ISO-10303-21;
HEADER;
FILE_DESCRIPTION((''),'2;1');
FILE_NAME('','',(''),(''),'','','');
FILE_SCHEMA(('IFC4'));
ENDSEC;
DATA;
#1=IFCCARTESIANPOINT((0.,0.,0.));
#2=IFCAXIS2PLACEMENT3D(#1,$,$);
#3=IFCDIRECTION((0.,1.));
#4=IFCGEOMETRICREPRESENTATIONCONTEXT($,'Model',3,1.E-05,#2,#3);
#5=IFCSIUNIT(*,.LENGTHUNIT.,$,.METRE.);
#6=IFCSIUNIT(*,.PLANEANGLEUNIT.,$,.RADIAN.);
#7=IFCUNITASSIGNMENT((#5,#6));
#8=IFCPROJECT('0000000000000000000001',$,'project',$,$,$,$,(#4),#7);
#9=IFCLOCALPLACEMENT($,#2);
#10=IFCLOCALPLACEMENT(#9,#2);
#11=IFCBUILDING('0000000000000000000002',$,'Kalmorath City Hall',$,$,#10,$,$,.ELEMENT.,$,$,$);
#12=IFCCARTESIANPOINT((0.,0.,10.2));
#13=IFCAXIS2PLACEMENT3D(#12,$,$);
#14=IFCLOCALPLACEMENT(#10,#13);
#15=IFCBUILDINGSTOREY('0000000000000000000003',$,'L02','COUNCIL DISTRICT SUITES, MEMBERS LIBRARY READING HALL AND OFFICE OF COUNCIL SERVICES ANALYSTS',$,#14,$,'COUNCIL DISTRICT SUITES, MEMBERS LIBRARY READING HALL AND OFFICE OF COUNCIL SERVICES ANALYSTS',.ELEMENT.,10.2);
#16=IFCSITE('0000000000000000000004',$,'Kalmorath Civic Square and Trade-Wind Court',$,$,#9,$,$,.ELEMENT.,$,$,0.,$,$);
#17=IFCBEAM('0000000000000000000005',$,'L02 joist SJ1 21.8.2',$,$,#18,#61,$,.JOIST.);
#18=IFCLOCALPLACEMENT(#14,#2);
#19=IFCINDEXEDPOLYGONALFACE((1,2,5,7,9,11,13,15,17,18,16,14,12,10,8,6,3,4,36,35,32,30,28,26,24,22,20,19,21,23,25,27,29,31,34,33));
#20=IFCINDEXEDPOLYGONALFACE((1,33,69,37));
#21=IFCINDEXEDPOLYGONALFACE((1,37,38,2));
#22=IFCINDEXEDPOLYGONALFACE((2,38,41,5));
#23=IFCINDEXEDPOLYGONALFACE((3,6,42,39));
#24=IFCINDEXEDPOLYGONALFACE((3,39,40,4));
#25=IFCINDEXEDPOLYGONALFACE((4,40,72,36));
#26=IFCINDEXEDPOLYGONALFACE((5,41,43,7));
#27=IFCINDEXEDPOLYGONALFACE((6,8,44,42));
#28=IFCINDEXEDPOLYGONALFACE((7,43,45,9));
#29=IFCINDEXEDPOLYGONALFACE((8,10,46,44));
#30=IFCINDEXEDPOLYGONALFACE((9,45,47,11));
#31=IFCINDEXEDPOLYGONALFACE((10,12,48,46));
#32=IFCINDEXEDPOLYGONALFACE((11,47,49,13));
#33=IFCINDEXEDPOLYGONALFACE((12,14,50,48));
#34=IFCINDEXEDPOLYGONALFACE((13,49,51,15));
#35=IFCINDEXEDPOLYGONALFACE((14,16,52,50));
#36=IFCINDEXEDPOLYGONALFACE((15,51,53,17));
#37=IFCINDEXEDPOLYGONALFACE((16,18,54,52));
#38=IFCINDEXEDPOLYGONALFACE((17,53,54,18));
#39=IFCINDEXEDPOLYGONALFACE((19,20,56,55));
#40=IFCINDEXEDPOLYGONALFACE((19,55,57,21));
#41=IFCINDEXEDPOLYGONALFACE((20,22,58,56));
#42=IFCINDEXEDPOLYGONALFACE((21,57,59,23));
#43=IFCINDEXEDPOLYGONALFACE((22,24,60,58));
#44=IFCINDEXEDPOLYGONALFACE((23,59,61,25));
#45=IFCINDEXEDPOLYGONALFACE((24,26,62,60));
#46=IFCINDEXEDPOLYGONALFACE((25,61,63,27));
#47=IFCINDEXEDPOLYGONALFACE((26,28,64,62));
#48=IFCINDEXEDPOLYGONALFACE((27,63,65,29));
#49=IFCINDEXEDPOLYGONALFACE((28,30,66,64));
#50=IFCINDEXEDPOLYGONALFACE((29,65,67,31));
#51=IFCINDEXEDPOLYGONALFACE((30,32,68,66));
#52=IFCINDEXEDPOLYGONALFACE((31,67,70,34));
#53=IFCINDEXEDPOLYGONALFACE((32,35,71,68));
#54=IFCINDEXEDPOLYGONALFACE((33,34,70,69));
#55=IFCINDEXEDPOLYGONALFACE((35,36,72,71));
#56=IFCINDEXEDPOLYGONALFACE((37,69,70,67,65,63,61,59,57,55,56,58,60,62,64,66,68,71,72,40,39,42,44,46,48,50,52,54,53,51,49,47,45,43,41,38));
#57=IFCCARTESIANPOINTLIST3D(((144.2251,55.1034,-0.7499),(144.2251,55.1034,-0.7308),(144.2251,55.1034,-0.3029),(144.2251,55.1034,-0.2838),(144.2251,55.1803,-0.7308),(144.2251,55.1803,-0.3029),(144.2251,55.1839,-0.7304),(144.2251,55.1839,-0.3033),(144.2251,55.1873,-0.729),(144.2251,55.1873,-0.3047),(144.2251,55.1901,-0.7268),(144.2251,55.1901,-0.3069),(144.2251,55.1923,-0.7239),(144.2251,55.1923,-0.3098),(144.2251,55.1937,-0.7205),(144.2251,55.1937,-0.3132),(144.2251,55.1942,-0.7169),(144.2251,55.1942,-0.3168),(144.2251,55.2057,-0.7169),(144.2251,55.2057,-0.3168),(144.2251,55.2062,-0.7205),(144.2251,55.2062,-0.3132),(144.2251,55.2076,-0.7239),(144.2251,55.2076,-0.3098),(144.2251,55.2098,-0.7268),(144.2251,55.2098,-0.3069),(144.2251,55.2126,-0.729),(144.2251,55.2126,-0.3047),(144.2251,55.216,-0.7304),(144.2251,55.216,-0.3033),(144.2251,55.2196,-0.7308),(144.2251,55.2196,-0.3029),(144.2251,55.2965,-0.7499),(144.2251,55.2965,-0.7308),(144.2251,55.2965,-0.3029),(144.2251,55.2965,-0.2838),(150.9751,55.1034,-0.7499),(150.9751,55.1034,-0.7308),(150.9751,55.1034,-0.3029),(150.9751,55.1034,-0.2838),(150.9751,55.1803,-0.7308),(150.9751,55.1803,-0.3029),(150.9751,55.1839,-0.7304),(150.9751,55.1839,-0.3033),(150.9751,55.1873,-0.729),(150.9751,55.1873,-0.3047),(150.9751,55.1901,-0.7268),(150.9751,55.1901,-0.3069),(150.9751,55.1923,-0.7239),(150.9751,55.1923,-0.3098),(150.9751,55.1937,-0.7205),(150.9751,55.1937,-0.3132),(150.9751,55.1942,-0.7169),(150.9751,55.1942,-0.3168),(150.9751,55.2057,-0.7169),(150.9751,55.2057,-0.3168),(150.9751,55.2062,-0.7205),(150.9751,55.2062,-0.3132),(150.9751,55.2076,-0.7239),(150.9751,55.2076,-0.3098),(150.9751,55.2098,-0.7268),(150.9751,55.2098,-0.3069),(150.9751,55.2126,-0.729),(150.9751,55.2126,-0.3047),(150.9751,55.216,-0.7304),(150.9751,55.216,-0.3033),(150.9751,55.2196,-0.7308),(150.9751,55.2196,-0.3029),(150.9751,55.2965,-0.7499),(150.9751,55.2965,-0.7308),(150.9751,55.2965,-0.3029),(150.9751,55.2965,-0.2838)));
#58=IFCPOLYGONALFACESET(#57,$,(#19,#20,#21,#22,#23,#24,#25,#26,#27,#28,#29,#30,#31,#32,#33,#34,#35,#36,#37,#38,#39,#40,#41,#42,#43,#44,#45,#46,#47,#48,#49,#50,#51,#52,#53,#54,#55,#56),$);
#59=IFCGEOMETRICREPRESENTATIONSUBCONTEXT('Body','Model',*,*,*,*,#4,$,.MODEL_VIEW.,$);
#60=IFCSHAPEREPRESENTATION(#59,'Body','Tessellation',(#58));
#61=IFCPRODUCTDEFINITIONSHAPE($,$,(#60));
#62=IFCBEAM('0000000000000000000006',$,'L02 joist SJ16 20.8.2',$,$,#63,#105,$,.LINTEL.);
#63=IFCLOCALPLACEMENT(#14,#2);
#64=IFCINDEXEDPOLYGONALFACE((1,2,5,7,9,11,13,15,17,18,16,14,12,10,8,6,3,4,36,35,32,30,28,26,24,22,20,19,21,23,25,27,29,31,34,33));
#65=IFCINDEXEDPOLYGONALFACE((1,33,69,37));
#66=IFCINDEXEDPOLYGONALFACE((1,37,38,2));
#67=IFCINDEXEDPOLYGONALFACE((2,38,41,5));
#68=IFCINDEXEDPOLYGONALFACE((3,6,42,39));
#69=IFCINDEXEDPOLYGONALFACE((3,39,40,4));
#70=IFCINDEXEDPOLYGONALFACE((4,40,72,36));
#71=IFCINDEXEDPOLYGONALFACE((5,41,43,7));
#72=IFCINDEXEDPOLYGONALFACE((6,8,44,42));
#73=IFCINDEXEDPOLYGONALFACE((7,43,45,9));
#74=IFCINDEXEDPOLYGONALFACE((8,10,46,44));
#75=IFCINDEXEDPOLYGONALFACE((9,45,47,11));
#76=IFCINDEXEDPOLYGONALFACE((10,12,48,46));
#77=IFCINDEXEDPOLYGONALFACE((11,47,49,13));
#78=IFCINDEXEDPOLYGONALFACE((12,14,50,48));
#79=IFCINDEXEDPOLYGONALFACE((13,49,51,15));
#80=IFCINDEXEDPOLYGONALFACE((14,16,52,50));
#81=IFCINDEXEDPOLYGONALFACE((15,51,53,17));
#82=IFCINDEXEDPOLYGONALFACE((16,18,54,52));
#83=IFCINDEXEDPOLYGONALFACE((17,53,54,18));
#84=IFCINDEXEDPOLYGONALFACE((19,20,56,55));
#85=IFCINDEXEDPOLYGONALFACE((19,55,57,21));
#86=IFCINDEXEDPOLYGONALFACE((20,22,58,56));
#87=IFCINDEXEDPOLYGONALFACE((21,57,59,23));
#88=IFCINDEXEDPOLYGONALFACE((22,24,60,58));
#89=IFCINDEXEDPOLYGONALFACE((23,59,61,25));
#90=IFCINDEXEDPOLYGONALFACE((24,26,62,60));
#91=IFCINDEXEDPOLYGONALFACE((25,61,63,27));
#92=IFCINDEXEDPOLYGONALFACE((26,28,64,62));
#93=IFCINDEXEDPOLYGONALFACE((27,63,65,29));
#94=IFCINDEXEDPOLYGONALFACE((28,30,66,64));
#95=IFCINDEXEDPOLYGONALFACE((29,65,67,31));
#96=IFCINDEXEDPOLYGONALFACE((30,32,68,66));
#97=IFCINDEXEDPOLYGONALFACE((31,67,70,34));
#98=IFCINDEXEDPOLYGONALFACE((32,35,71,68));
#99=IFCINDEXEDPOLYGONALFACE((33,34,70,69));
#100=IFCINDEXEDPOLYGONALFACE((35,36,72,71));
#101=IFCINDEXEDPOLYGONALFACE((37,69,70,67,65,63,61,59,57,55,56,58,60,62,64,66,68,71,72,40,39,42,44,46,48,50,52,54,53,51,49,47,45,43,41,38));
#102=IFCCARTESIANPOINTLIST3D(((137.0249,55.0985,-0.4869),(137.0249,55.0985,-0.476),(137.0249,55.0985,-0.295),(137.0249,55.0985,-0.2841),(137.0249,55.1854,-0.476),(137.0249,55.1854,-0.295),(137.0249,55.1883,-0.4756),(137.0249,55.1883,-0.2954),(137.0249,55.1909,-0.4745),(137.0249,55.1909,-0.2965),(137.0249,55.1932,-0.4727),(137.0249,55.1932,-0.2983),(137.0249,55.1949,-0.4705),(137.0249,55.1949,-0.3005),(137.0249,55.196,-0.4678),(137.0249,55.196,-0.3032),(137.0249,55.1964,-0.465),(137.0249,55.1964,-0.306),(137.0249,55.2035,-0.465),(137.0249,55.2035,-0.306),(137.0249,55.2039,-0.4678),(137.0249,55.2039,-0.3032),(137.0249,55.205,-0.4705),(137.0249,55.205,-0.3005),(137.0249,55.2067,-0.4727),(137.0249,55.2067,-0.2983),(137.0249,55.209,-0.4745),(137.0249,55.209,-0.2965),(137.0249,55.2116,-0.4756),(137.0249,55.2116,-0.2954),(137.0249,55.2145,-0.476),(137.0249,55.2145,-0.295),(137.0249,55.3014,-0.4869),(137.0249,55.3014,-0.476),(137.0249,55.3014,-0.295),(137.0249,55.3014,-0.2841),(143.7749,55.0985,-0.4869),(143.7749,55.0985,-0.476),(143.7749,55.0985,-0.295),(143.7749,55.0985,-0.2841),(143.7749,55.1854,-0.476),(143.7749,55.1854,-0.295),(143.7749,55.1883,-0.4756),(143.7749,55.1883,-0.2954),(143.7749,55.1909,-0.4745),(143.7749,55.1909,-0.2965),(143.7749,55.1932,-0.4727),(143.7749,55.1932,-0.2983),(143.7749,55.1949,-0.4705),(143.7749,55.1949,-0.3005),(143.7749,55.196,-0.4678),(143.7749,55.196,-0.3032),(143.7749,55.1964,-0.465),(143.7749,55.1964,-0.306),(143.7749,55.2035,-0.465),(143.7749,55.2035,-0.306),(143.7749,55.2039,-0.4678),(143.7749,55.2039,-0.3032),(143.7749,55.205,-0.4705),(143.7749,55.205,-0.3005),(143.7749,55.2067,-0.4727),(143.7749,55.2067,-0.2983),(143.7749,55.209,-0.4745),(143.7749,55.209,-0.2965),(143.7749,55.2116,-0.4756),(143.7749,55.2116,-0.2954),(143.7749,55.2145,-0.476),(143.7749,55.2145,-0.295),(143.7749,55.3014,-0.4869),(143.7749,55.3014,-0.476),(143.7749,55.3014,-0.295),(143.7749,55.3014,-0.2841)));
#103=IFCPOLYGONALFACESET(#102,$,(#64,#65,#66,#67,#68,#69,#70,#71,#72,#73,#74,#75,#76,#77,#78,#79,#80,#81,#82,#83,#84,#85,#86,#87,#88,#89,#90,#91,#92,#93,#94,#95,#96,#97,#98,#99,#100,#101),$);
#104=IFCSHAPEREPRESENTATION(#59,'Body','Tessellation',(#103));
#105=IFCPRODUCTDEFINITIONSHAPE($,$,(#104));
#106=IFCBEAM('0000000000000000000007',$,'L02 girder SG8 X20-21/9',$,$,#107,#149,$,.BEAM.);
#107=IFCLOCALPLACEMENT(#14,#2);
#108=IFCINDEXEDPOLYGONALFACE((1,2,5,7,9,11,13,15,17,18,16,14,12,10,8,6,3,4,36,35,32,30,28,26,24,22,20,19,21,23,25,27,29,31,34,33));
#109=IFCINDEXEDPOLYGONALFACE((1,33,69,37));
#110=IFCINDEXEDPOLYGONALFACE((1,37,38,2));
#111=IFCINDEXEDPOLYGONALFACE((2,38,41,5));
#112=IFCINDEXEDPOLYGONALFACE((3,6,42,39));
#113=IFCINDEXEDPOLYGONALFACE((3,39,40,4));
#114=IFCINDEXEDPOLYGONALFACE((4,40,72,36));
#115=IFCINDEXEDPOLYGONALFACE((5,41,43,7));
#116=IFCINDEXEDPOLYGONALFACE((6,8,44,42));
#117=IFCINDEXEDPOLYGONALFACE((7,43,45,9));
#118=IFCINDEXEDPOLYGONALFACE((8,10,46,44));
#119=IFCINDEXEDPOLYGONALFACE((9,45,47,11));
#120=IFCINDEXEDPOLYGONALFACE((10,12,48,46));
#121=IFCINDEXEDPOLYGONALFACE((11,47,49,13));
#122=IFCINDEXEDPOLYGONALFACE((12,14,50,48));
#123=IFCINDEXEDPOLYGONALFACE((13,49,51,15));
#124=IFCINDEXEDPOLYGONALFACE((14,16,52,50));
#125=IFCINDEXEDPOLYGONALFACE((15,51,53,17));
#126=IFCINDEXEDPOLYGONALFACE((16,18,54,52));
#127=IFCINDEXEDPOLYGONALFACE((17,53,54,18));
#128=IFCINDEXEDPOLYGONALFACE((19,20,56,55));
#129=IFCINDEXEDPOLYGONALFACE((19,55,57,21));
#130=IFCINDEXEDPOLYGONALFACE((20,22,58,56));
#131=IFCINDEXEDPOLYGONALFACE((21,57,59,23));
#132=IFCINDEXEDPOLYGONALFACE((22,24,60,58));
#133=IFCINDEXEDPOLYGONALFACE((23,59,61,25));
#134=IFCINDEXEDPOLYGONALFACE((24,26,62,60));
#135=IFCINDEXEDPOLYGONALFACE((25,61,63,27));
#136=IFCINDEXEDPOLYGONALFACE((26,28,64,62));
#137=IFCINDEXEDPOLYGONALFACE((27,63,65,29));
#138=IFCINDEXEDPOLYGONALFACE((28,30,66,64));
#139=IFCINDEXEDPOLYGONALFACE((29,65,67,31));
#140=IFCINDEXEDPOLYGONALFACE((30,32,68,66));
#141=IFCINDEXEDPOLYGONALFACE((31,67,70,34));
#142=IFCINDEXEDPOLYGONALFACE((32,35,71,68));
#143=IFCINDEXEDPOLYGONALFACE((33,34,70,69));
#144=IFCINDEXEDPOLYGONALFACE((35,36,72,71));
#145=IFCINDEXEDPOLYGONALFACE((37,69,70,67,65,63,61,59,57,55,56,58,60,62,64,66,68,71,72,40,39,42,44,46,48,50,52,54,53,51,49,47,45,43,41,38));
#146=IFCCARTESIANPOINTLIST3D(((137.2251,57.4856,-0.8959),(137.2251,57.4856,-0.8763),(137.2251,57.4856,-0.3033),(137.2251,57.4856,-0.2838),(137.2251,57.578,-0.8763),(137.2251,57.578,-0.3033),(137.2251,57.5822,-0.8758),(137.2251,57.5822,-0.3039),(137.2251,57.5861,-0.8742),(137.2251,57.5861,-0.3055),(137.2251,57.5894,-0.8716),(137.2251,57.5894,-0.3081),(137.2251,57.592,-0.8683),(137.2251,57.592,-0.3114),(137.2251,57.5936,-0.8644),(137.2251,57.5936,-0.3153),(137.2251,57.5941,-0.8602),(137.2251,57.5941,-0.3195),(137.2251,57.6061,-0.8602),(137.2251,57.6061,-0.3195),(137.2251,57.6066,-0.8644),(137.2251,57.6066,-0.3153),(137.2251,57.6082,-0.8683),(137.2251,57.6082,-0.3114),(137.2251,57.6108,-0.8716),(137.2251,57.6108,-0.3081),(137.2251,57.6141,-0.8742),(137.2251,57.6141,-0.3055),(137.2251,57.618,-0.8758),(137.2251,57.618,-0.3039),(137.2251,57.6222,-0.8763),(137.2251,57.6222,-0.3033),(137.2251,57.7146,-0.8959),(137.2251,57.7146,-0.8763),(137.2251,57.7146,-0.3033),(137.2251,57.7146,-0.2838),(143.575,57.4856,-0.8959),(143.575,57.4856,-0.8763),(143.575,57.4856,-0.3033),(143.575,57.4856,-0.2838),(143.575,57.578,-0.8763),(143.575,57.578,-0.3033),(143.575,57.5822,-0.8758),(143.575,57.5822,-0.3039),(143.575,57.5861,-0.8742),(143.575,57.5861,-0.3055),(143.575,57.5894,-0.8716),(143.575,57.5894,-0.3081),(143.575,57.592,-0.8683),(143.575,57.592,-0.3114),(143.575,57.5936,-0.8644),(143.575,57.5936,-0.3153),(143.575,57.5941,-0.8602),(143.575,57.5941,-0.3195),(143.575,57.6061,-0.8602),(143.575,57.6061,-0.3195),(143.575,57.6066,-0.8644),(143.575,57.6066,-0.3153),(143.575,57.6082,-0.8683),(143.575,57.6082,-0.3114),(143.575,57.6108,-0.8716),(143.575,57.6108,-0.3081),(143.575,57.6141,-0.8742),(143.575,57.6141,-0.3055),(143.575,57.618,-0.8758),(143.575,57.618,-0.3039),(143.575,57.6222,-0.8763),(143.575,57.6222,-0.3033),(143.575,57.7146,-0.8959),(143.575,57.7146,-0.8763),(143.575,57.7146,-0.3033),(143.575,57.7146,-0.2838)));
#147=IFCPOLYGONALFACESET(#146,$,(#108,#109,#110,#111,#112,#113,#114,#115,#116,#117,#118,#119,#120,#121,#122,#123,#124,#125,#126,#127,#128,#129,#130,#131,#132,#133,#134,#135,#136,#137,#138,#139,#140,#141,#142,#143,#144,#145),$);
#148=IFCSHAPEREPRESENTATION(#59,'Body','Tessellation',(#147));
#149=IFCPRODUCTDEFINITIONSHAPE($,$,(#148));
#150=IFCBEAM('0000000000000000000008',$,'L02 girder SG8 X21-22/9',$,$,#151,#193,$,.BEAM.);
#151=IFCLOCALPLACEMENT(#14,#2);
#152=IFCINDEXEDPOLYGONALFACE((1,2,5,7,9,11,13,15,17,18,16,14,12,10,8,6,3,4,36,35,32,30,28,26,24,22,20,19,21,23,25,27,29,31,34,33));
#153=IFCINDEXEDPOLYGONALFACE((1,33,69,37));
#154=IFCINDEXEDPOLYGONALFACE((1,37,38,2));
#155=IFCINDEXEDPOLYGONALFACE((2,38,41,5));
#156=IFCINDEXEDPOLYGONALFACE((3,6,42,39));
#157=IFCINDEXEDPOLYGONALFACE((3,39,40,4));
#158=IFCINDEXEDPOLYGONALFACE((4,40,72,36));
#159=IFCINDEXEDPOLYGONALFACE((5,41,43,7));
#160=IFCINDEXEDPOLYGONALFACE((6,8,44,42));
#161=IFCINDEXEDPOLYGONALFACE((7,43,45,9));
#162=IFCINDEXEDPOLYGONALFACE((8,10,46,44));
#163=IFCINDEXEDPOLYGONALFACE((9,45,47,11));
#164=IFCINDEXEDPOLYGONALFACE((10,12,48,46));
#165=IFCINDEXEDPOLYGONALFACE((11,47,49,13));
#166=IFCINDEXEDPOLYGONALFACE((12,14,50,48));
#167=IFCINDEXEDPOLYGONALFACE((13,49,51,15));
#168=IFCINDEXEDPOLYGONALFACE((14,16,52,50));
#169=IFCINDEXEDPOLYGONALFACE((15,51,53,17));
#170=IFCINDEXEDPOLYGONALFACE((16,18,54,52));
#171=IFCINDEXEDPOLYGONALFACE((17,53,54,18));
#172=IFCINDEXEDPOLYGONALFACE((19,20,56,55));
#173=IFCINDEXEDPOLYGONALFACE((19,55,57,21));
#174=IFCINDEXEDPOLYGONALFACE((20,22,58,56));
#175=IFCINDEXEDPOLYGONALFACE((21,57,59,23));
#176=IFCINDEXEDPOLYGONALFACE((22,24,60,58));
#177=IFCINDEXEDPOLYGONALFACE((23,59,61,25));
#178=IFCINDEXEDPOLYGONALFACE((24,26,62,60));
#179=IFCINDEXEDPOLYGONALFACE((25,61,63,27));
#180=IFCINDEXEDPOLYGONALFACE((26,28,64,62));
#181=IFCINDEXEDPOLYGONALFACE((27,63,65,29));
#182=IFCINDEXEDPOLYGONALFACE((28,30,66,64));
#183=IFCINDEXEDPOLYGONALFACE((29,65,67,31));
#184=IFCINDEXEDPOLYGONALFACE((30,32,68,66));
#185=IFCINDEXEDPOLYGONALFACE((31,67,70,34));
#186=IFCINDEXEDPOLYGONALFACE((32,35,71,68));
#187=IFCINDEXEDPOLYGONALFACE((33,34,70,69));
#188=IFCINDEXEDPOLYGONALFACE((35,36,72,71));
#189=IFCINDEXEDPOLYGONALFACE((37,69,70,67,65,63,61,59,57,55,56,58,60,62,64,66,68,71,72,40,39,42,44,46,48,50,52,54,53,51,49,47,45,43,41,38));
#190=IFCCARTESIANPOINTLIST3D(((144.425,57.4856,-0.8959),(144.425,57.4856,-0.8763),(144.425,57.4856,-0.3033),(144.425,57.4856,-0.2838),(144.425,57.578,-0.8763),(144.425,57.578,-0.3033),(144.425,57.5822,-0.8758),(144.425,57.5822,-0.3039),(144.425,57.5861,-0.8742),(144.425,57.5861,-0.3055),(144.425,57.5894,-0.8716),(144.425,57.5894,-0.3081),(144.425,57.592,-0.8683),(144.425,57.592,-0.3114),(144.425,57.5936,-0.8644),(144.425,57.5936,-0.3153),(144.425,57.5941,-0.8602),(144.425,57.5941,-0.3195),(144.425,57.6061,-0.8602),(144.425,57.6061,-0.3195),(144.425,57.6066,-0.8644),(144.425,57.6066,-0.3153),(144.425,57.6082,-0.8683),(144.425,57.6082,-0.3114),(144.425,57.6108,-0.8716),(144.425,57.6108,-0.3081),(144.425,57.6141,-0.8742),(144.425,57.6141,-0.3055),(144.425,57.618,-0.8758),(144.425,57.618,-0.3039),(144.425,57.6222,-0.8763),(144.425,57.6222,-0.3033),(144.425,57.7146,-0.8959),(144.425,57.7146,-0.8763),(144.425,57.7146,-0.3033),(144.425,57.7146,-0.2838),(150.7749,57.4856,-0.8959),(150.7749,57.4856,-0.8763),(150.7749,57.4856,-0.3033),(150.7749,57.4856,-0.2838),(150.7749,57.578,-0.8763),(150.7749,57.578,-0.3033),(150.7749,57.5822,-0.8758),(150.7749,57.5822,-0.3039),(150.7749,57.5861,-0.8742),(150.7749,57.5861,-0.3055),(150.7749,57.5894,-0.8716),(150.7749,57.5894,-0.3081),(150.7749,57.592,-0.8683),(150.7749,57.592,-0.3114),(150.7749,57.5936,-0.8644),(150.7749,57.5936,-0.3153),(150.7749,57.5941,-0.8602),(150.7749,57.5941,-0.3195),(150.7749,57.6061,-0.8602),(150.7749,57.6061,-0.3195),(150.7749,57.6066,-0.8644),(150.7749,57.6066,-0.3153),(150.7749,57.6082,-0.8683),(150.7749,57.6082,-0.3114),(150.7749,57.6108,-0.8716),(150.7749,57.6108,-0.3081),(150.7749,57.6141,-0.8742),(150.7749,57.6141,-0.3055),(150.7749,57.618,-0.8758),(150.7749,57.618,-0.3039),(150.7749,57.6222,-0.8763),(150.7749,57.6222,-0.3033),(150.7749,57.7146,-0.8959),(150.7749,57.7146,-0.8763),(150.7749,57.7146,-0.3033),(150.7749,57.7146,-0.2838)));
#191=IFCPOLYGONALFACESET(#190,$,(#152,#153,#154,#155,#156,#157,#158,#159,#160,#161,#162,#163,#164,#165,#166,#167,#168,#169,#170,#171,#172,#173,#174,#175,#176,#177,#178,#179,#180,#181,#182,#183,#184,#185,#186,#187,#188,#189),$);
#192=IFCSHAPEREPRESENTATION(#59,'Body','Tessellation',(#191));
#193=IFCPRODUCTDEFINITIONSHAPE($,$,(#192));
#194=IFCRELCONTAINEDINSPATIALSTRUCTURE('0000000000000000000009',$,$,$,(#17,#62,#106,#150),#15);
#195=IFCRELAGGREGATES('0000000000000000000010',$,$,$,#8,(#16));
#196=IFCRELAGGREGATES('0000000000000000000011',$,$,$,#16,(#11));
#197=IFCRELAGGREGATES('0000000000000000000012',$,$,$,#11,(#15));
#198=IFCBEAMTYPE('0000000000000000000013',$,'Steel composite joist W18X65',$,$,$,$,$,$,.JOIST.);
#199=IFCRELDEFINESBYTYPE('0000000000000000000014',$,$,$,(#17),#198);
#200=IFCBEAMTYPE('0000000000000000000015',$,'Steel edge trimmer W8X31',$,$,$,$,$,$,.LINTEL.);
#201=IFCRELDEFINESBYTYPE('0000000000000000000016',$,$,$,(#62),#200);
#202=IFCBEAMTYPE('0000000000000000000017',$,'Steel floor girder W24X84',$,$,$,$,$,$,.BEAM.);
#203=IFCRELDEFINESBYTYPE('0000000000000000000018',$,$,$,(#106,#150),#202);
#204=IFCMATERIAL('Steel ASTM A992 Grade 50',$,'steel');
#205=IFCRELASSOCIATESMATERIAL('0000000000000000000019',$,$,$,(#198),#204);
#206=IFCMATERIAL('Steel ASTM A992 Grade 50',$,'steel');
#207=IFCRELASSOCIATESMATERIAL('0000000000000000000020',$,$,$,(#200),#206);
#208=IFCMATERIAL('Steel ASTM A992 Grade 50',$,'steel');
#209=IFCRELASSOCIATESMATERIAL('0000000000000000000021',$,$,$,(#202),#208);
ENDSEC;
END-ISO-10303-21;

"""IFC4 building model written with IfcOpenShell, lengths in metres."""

from ifc_helpers import new_model, si_unit, direction, frame, origin, origin_2d, place, context, subcontext, project, spatial, i_section, extrude, material, material_profile, profile_set, type_object, element, save


model = new_model("IFC4")

# Units and contexts
model_context = context("Model", 3, precision=1e-05, world=origin(), true_north=direction((0.0, 1.0)))
body_context = subcontext(model_context, "Body", "Model", "MODEL_VIEW")
ifc_project = project(units=[si_unit("LENGTHUNIT", "METRE"), si_unit("PLANEANGLEUNIT", "RADIAN")], contexts=[model_context])

# Site, building, storey
site_placement = place(None, origin())
site = spatial("IfcSite", under=ifc_project, at=site_placement, Name="Kalmorath Civic Square and Trade-Wind Court", CompositionType="ELEMENT", RefElevation=0.0)
building_placement = place(site_placement, origin())
building = spatial("IfcBuilding", under=site, at=building_placement, Name="Kalmorath City Hall", CompositionType="ELEMENT")
storey_placement = place(building_placement, frame((0.0, 0.0, 10.2)))
storey = spatial("IfcBuildingStorey", under=building, at=storey_placement, Name="L02", Description="COUNCIL DISTRICT SUITES, MEMBERS LIBRARY READING HALL AND OFFICE OF COUNCIL SERVICES ANALYSTS", LongName="COUNCIL DISTRICT SUITES, MEMBERS LIBRARY READING HALL AND OFFICE OF COUNCIL SERVICES ANALYSTS", CompositionType="ELEMENT", Elevation=10.2)

# Beams
ifc_material_1 = material(Name="Steel ASTM A992 Grade 50", Category="steel")
ifc_material_profile_1 = material_profile(ifc_material_1, i_section(OverallWidth=0.1931, OverallDepth=0.4661, WebThickness=0.0115, FlangeThickness=0.019, FilletRadius=0.0139, at=origin_2d()), Name="W18X65")
ifc_profile_set_1 = profile_set([ifc_material_profile_1], Name="Steel ASTM A992 Grade 50")
beam_type_1 = type_object("IfcBeamType", Name="Steel composite joist W18X65", PredefinedType="JOIST", material=ifc_profile_set_1)
for number, where, z_axis, x_axis, name in (
    (1, (144.2251, 55.2, -0.5168), (1.0, 0.0, 0.0), (0.0, 1.0, 0.0), "L02 joist SJ1 21.8.2"),
):
    element("IfcBeam", number, at=place(storey_placement, frame(where, z_axis=z_axis, x_axis=x_axis)), inside=storey, type_object=beam_type_1, Name=name, PredefinedType="JOIST", context=body_context, shape_type="SweptSolid", body=[
        extrude(i_section(OverallWidth=0.1931, OverallDepth=0.4661, WebThickness=0.0115, FlangeThickness=0.019, FilletRadius=0.0139, at=origin_2d()), origin(), (0.0, 0.0, 1.0), 6.75),
    ])
ifc_material_2 = material(Name="Steel ASTM A992 Grade 50", Category="steel")
ifc_material_profile_2 = material_profile(ifc_material_2, i_section(OverallWidth=0.2029, OverallDepth=0.2029, WebThickness=0.0071, FlangeThickness=0.011, FilletRadius=0.011, at=origin_2d()), Name="W8X31")
ifc_profile_set_2 = profile_set([ifc_material_profile_2], Name="Steel ASTM A992 Grade 50")
beam_type_2 = type_object("IfcBeamType", Name="Steel edge trimmer W8X31", PredefinedType="LINTEL", material=ifc_profile_set_2)
beam_1_placement = place(storey_placement, frame((137.0249, 55.2, -0.3855), z_axis=(1.0, 0.0, 0.0), x_axis=(0.0, 1.0, 0.0)))
element("IfcBeam", 2, at=beam_1_placement, inside=storey, type_object=beam_type_2, Name="L02 joist SJ16 20.8.2", PredefinedType="LINTEL", context=body_context, shape_type="SweptSolid", body=[
    extrude(i_section(OverallWidth=0.2029, OverallDepth=0.2029, WebThickness=0.0071, FlangeThickness=0.011, FilletRadius=0.011, at=origin_2d()), origin(), (0.0, 0.0, 1.0), 6.75),
])
ifc_material_3 = material(Name="Steel ASTM A992 Grade 50", Category="steel")
ifc_material_profile_3 = material_profile(ifc_material_3, i_section(OverallWidth=0.229, OverallDepth=0.6121, WebThickness=0.012, FlangeThickness=0.0195, FilletRadius=0.0161, at=origin_2d()), Name="W24X84")
ifc_profile_set_3 = profile_set([ifc_material_profile_3], Name="Steel ASTM A992 Grade 50")
beam_type_3 = type_object("IfcBeamType", Name="Steel floor girder W24X84", PredefinedType="BEAM", material=ifc_profile_set_3)
for number, where, z_axis, x_axis, name in (
    (3, (137.2251, 57.6001, -0.5898), (1.0, 0.0, 0.0), (0.0, 1.0, 0.0), "L02 girder SG8 X20-21/9"),
    (4, (144.425, 57.6001, -0.5898), (1.0, 0.0, 0.0), (0.0, 1.0, 0.0), "L02 girder SG8 X21-22/9"),
):
    element("IfcBeam", number, at=place(storey_placement, frame(where, z_axis=z_axis, x_axis=x_axis)), inside=storey, type_object=beam_type_3, Name=name, PredefinedType="BEAM", context=body_context, shape_type="SweptSolid", body=[
        extrude(i_section(OverallWidth=0.229, OverallDepth=0.6121, WebThickness=0.012, FlangeThickness=0.0195, FilletRadius=0.0161, at=origin_2d()), origin(), (0.0, 0.0, 1.0), 6.3499),
    ])

save(model, "model.ifc")
